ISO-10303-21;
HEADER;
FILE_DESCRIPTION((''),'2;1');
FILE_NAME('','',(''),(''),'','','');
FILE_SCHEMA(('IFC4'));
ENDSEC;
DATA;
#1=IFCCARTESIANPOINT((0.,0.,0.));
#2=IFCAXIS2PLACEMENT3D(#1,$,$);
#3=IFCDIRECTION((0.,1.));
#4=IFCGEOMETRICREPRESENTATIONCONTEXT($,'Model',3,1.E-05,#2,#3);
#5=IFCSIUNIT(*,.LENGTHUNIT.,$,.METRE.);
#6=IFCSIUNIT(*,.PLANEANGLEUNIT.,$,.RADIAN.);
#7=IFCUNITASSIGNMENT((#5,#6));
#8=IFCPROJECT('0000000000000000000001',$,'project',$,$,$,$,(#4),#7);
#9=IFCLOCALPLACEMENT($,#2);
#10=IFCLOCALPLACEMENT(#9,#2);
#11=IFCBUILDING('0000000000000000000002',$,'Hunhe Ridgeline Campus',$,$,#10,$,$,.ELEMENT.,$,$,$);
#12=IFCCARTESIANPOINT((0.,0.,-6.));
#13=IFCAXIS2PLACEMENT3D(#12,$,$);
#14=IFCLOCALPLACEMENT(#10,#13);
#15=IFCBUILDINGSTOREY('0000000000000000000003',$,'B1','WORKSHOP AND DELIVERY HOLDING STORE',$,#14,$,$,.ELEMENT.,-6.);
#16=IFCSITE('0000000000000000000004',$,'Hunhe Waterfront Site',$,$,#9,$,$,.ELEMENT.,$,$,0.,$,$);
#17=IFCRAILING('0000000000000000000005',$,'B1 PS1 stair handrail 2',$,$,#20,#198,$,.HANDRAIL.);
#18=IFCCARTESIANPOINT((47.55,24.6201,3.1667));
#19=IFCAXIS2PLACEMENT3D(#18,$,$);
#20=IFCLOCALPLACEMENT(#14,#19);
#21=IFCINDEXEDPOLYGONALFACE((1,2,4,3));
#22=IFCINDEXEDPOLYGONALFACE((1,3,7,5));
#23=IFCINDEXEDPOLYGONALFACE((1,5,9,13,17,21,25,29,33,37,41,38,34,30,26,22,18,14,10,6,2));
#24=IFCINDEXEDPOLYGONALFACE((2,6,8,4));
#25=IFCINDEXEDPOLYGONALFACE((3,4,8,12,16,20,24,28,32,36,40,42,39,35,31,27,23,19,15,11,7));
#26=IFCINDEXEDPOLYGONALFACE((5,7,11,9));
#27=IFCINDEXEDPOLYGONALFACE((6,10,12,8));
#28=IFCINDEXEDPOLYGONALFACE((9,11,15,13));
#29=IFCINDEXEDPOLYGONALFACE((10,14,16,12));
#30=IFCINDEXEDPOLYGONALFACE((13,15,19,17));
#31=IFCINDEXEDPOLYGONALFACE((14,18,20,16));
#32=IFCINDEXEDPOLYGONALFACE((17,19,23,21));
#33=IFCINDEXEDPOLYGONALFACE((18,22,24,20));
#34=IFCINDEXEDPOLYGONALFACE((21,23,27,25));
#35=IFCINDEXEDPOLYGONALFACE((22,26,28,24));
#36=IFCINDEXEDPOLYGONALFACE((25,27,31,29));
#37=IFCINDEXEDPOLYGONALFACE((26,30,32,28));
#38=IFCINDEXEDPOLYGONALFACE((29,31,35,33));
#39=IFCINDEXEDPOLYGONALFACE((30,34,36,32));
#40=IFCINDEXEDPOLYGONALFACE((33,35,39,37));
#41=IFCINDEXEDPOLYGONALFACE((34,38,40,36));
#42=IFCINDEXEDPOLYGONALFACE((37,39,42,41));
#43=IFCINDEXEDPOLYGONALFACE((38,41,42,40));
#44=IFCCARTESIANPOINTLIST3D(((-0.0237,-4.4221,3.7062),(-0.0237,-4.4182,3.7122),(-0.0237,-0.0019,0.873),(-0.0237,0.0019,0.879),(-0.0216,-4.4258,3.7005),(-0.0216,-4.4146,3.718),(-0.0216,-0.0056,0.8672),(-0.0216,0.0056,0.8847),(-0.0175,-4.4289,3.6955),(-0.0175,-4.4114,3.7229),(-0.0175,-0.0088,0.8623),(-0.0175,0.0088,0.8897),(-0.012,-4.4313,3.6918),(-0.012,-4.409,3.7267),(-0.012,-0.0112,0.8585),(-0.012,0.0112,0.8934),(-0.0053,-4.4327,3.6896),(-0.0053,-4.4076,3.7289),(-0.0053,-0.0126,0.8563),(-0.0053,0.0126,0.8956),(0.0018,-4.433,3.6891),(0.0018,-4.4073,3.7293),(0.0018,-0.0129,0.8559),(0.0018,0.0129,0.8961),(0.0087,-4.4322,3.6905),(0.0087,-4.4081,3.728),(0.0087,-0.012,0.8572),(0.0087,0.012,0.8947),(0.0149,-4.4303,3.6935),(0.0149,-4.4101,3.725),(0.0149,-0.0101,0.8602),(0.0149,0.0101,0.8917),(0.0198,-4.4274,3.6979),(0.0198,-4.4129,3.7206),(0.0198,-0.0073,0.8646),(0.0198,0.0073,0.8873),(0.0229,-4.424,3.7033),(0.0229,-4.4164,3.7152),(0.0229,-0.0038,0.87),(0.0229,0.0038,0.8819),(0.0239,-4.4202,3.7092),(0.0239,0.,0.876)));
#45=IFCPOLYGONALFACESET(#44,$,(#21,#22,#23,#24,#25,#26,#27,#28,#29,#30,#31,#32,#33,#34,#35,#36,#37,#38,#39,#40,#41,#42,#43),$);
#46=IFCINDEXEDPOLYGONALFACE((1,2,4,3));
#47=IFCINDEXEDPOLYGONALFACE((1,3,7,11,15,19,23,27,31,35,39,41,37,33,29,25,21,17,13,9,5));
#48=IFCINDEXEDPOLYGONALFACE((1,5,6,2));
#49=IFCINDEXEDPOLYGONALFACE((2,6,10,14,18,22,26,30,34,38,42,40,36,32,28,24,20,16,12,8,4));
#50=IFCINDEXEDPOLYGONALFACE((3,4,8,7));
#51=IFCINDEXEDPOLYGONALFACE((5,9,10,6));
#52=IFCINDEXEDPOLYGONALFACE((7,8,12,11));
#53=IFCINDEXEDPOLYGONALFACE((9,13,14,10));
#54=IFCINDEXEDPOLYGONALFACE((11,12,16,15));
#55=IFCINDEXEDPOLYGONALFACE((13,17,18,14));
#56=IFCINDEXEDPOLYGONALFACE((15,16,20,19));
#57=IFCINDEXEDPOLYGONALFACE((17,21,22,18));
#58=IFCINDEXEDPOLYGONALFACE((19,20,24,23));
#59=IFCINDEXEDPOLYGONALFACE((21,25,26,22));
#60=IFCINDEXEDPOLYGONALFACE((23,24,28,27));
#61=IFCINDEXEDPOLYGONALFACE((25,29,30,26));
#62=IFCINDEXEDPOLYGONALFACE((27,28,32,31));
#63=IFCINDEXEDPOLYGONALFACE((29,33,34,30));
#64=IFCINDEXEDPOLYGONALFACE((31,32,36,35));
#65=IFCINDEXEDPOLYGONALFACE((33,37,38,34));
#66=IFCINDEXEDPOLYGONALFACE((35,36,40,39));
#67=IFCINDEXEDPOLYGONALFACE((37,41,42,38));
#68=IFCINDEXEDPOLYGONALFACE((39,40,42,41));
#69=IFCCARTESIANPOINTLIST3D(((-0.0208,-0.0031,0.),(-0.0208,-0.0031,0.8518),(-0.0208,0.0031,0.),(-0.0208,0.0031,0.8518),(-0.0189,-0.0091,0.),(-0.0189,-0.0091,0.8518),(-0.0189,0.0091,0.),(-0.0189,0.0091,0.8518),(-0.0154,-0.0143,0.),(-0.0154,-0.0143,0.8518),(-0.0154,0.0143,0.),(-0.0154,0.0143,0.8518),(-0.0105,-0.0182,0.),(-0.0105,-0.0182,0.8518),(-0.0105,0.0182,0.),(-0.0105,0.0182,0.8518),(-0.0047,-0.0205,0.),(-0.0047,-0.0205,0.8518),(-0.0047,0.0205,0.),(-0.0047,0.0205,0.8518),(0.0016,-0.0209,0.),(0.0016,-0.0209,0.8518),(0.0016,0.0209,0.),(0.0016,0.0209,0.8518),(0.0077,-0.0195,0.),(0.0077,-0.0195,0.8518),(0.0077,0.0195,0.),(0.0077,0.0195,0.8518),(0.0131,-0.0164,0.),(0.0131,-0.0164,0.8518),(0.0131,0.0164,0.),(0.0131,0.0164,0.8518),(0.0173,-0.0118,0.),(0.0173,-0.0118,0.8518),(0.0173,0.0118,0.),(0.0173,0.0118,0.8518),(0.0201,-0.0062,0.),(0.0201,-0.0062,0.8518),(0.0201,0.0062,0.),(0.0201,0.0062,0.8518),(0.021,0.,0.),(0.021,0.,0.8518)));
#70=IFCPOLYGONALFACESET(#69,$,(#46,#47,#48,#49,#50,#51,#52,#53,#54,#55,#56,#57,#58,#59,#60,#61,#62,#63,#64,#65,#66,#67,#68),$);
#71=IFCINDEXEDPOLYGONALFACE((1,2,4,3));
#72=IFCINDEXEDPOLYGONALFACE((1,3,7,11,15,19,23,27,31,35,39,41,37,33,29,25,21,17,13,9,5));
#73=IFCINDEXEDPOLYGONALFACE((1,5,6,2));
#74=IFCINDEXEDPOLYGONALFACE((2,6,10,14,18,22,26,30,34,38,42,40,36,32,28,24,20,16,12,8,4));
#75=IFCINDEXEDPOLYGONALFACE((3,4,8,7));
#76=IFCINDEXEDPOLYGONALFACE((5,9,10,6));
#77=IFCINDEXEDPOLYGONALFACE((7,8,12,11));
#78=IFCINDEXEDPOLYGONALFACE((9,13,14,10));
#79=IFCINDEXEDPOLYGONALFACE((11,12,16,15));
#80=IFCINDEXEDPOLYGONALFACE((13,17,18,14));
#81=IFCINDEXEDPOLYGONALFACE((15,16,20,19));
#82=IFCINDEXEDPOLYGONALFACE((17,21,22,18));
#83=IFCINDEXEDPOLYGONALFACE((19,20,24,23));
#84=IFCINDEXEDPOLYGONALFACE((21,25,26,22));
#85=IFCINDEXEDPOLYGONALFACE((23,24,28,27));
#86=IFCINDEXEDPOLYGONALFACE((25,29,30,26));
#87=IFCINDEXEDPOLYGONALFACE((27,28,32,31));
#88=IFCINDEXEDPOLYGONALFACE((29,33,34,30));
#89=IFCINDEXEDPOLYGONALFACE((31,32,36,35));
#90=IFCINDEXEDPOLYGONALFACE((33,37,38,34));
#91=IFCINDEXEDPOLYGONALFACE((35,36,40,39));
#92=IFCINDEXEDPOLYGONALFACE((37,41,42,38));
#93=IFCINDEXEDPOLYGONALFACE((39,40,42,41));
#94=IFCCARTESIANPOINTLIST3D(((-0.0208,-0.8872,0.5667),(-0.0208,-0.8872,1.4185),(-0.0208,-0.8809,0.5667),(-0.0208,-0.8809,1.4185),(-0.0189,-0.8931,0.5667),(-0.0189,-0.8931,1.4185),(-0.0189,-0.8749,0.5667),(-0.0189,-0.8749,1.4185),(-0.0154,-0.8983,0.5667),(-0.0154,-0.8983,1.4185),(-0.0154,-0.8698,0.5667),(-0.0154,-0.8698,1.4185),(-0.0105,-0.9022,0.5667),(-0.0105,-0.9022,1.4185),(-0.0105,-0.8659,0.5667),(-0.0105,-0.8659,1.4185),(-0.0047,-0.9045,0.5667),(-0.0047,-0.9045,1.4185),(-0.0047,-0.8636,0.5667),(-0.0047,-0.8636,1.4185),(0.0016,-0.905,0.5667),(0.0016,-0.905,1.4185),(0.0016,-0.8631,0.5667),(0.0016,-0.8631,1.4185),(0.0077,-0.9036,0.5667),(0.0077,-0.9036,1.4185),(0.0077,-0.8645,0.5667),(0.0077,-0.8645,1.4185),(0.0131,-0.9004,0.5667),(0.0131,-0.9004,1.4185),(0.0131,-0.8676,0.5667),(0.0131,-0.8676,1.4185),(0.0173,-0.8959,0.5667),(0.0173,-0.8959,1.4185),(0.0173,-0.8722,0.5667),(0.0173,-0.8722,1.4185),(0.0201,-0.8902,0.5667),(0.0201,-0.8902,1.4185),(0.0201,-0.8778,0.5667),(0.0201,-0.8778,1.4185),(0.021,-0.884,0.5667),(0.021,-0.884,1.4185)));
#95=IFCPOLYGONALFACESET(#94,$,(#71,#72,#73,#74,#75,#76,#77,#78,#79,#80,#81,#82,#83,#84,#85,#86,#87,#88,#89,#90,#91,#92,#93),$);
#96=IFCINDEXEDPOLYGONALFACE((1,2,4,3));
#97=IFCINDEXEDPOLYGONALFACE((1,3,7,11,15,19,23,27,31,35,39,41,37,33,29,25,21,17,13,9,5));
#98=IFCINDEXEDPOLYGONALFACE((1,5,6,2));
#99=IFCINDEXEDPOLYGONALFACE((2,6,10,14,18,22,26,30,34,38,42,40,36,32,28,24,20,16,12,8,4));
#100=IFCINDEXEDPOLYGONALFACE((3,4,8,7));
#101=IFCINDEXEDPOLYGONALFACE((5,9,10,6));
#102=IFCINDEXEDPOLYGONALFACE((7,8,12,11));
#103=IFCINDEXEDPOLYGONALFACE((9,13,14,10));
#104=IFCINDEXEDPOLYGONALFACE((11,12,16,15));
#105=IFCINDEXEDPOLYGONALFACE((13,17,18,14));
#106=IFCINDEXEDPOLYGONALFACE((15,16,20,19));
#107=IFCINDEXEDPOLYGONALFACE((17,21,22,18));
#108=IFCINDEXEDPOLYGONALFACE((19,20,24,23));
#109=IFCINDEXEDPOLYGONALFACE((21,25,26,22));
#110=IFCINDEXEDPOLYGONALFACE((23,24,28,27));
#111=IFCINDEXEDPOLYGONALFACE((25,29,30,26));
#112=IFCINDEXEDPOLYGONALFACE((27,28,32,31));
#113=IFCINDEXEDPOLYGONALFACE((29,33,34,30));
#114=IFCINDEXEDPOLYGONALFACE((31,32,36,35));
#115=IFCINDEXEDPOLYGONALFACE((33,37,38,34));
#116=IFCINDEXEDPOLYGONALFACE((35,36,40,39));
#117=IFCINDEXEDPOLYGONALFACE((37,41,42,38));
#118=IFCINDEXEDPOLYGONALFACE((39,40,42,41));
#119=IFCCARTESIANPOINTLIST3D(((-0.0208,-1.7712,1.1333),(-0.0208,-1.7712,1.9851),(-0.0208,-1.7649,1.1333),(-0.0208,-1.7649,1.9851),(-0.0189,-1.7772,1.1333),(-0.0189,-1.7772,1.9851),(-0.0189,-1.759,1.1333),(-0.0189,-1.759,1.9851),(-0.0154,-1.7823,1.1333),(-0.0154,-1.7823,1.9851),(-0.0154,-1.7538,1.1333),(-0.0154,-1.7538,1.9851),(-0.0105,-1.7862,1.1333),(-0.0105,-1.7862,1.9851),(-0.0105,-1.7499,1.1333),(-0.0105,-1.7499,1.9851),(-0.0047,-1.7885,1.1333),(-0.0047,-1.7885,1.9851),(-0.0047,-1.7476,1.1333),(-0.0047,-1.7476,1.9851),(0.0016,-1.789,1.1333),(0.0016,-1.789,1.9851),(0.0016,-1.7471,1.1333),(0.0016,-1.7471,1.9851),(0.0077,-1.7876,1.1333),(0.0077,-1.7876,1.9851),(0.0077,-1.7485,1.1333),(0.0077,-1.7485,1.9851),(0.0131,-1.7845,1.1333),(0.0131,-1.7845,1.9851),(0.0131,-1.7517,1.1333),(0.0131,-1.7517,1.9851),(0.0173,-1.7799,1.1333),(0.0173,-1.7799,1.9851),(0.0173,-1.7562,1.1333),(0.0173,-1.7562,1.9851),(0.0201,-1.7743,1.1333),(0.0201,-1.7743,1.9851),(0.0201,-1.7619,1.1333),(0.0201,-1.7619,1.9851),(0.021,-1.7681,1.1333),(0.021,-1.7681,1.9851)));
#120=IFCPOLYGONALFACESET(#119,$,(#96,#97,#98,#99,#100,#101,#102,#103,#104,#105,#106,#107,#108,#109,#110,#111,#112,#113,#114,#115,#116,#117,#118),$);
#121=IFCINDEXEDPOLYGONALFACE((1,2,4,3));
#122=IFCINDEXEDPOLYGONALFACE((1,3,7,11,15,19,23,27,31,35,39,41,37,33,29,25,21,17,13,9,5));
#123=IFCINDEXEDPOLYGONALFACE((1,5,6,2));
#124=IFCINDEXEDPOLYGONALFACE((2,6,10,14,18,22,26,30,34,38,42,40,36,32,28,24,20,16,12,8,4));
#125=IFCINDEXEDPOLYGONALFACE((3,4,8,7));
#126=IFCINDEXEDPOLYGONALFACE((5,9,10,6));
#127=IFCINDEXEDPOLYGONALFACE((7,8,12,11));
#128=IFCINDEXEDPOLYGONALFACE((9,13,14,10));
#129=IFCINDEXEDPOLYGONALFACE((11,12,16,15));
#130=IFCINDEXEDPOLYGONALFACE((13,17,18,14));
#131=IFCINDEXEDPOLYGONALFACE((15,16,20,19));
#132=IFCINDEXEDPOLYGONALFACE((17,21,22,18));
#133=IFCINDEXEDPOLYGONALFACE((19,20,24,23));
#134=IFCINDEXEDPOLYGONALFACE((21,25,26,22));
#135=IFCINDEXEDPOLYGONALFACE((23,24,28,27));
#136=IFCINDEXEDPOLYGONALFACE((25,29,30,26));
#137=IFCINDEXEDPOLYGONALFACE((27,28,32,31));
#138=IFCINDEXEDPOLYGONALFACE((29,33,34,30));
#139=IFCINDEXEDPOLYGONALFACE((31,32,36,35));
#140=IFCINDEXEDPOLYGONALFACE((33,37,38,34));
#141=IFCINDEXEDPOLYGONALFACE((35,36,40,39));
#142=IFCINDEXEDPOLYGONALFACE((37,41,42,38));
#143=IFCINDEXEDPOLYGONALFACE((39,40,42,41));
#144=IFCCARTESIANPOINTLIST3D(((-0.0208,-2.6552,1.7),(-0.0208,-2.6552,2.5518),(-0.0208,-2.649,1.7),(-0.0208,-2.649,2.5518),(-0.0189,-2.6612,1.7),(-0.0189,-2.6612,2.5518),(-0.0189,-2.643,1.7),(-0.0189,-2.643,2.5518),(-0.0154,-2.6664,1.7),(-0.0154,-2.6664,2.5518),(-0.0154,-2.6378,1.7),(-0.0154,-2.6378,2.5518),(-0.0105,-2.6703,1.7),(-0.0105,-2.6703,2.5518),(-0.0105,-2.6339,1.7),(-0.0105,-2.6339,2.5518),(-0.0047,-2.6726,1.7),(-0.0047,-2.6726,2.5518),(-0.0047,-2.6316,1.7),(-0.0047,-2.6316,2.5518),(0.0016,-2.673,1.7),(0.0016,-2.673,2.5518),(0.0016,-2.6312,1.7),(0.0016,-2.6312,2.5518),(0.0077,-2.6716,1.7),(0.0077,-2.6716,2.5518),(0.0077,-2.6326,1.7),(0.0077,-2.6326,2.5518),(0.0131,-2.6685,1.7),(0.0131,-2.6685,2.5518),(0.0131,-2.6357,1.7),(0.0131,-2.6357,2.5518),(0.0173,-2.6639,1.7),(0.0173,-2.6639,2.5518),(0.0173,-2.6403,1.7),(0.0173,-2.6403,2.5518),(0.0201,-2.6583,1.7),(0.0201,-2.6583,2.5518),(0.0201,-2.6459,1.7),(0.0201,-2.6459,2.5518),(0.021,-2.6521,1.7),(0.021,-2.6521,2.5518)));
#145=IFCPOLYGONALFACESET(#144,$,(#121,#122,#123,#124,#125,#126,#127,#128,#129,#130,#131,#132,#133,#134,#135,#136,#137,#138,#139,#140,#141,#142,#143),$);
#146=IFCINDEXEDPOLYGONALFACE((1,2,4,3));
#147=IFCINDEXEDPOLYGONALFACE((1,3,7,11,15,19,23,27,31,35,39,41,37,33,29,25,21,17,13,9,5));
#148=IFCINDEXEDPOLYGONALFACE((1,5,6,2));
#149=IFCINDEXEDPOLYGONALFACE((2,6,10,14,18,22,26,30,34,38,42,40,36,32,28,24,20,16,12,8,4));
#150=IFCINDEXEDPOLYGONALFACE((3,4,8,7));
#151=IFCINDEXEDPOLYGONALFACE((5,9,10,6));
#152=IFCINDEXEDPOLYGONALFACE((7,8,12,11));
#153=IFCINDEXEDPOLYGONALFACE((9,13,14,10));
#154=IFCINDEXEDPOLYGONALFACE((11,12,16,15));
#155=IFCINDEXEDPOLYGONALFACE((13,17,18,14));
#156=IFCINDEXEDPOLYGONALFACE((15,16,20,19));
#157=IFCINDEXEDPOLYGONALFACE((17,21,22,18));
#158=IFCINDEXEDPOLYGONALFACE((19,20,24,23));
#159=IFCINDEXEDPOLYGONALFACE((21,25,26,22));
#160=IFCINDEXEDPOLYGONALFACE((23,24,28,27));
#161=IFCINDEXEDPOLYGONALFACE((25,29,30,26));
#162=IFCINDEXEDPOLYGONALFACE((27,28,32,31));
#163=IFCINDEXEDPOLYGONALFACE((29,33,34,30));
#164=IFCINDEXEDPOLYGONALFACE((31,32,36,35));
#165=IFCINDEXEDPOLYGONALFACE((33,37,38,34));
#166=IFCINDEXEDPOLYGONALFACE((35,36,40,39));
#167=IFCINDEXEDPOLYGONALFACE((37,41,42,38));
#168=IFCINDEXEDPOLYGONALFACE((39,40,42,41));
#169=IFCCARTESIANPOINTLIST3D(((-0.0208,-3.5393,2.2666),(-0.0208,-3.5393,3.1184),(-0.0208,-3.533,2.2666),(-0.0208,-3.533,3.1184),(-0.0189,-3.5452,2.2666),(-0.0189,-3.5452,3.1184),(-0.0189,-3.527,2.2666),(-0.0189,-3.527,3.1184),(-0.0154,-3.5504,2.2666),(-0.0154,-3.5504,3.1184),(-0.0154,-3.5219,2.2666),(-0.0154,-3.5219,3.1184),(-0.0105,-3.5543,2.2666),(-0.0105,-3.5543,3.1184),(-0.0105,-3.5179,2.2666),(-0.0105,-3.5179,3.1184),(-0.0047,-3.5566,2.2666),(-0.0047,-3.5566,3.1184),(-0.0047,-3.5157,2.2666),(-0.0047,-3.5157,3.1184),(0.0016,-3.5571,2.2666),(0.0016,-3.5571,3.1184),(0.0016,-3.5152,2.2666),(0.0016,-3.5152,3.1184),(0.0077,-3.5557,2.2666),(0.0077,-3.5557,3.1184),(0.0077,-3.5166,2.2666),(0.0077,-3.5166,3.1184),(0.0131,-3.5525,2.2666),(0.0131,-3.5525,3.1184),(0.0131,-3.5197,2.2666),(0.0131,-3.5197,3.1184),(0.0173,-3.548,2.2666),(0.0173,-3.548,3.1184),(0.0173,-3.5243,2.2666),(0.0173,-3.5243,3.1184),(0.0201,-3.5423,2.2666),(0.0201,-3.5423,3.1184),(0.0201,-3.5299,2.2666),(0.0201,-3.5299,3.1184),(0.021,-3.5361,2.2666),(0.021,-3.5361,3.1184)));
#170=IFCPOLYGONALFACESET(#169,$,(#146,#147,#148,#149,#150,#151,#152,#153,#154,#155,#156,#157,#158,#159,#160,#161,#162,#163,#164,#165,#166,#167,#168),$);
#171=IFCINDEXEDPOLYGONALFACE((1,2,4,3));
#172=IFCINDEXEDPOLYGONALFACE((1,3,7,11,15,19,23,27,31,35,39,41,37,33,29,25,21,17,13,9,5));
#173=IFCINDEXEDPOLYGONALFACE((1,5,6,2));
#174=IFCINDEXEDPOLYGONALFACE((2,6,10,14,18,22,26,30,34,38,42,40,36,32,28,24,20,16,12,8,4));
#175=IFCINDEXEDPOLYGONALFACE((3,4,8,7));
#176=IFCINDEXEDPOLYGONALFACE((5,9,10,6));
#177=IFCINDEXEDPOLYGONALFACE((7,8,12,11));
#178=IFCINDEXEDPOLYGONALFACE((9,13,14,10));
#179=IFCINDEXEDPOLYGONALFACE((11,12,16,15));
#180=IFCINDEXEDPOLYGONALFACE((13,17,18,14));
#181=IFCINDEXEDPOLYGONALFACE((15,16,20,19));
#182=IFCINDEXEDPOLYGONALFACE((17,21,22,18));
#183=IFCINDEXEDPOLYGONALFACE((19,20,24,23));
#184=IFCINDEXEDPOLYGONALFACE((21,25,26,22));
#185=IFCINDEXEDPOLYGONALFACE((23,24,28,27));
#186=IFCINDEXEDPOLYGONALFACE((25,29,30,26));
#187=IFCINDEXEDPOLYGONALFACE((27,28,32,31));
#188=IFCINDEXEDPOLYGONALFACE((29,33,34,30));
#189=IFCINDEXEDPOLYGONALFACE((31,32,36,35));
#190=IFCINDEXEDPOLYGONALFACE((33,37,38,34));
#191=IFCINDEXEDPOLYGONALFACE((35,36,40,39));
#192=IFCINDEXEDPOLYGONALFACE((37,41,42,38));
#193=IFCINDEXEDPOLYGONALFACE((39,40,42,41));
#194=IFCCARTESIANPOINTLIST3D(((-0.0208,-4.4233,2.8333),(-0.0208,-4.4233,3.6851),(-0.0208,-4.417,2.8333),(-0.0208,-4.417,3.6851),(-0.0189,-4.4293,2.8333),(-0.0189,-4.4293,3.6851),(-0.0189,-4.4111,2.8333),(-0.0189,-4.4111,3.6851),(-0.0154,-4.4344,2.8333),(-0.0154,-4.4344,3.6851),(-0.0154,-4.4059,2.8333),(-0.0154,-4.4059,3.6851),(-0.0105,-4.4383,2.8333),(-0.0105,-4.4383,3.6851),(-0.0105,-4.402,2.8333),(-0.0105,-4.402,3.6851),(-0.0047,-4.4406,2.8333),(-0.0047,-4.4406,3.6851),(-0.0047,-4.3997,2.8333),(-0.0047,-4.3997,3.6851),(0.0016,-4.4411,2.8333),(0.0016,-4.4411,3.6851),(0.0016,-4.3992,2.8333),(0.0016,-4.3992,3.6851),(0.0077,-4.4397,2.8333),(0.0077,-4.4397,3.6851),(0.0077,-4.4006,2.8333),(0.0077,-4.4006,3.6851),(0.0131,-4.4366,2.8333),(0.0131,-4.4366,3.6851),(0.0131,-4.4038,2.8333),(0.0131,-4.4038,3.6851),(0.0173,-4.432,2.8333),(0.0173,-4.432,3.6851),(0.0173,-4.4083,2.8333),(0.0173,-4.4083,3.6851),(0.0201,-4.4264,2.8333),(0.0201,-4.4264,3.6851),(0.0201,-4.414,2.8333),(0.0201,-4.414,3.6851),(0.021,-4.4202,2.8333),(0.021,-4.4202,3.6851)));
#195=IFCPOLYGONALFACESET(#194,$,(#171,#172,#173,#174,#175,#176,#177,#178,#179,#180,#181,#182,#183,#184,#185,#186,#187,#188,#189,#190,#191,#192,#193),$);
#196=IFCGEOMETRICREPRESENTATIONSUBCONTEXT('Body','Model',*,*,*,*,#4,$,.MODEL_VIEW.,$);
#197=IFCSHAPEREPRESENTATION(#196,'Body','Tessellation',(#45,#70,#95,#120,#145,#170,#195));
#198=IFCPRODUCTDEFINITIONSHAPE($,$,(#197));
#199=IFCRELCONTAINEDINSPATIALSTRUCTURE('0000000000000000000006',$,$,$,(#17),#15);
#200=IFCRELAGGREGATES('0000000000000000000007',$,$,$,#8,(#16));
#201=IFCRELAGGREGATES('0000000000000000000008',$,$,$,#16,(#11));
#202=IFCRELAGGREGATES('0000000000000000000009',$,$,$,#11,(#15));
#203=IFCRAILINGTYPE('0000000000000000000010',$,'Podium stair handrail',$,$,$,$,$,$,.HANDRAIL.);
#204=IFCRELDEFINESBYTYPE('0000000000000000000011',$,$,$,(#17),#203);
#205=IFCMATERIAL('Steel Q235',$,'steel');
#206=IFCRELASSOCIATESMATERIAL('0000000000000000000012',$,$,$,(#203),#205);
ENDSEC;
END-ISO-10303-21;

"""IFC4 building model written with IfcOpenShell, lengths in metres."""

from ifc_helpers import new_model, si_unit, direction, frame, origin, origin_2d, place, context, subcontext, project, spatial, circle, extrude, material, type_object, element, save


model = new_model("IFC4")

# Units and contexts
model_context = context("Model", 3, precision=1e-05, world=origin(), true_north=direction((0.0, 1.0)))
body_context = subcontext(model_context, "Body", "Model", "MODEL_VIEW")
ifc_project = project(units=[si_unit("LENGTHUNIT", "METRE"), si_unit("PLANEANGLEUNIT", "RADIAN")], contexts=[model_context])

# Site, building, storey
site_placement = place(None, origin())
site = spatial("IfcSite", under=ifc_project, at=site_placement, Name="Hunhe Waterfront Site", CompositionType="ELEMENT", RefElevation=0.0)
building_placement = place(site_placement, origin())
building = spatial("IfcBuilding", under=site, at=building_placement, Name="Hunhe Ridgeline Campus", CompositionType="ELEMENT")
storey_placement = place(building_placement, frame((0.0, 0.0, -6.0)))
storey = spatial("IfcBuildingStorey", under=building, at=storey_placement, Name="B1", Description="WORKSHOP AND DELIVERY HOLDING STORE", CompositionType="ELEMENT", Elevation=-6.0)

# Shared definitions
ifc_material_1 = material(Name="Steel Q235", Category="steel")

# Railing
railing_type_1 = type_object("IfcRailingType", Name="Podium stair handrail", PredefinedType="HANDRAIL", material=ifc_material_1)
railing_1_placement = place(storey_placement, frame((47.55, 24.6201, 3.1667)))
element("IfcRailing", 1, at=railing_1_placement, inside=storey, type_object=railing_type_1, Name="B1 PS1 stair handrail 2", PredefinedType="HANDRAIL", context=body_context, shape_type="SweptSolid", body=[
    extrude(circle(Radius=0.0239, at=origin_2d()), frame((0.0, 0.0, 0.876), z_axis=(0.0, -0.841895, 0.539641), x_axis=(1.0, 0.0, 0.0)), (0.0, 0.0, 1.0), 5.2502),
    extrude(circle(Radius=0.021, at=origin_2d()), origin(), (0.0, 0.0, 1.0), 0.8518),
    extrude(circle(Radius=0.021, at=origin_2d()), frame((0.0, -0.884, 0.5667)), (0.0, 0.0, 1.0), 0.8518),
    extrude(circle(Radius=0.021, at=origin_2d()), frame((0.0, -1.7681, 1.1333)), (0.0, 0.0, 1.0), 0.8518),
    extrude(circle(Radius=0.021, at=origin_2d()), frame((0.0, -2.6521, 1.7)), (0.0, 0.0, 1.0), 0.8518),
    extrude(circle(Radius=0.021, at=origin_2d()), frame((0.0, -3.5361, 2.2666)), (0.0, 0.0, 1.0), 0.8518),
    extrude(circle(Radius=0.021, at=origin_2d()), frame((0.0, -4.4202, 2.8333)), (0.0, 0.0, 1.0), 0.8518),
])

save(model, "model.ifc")
